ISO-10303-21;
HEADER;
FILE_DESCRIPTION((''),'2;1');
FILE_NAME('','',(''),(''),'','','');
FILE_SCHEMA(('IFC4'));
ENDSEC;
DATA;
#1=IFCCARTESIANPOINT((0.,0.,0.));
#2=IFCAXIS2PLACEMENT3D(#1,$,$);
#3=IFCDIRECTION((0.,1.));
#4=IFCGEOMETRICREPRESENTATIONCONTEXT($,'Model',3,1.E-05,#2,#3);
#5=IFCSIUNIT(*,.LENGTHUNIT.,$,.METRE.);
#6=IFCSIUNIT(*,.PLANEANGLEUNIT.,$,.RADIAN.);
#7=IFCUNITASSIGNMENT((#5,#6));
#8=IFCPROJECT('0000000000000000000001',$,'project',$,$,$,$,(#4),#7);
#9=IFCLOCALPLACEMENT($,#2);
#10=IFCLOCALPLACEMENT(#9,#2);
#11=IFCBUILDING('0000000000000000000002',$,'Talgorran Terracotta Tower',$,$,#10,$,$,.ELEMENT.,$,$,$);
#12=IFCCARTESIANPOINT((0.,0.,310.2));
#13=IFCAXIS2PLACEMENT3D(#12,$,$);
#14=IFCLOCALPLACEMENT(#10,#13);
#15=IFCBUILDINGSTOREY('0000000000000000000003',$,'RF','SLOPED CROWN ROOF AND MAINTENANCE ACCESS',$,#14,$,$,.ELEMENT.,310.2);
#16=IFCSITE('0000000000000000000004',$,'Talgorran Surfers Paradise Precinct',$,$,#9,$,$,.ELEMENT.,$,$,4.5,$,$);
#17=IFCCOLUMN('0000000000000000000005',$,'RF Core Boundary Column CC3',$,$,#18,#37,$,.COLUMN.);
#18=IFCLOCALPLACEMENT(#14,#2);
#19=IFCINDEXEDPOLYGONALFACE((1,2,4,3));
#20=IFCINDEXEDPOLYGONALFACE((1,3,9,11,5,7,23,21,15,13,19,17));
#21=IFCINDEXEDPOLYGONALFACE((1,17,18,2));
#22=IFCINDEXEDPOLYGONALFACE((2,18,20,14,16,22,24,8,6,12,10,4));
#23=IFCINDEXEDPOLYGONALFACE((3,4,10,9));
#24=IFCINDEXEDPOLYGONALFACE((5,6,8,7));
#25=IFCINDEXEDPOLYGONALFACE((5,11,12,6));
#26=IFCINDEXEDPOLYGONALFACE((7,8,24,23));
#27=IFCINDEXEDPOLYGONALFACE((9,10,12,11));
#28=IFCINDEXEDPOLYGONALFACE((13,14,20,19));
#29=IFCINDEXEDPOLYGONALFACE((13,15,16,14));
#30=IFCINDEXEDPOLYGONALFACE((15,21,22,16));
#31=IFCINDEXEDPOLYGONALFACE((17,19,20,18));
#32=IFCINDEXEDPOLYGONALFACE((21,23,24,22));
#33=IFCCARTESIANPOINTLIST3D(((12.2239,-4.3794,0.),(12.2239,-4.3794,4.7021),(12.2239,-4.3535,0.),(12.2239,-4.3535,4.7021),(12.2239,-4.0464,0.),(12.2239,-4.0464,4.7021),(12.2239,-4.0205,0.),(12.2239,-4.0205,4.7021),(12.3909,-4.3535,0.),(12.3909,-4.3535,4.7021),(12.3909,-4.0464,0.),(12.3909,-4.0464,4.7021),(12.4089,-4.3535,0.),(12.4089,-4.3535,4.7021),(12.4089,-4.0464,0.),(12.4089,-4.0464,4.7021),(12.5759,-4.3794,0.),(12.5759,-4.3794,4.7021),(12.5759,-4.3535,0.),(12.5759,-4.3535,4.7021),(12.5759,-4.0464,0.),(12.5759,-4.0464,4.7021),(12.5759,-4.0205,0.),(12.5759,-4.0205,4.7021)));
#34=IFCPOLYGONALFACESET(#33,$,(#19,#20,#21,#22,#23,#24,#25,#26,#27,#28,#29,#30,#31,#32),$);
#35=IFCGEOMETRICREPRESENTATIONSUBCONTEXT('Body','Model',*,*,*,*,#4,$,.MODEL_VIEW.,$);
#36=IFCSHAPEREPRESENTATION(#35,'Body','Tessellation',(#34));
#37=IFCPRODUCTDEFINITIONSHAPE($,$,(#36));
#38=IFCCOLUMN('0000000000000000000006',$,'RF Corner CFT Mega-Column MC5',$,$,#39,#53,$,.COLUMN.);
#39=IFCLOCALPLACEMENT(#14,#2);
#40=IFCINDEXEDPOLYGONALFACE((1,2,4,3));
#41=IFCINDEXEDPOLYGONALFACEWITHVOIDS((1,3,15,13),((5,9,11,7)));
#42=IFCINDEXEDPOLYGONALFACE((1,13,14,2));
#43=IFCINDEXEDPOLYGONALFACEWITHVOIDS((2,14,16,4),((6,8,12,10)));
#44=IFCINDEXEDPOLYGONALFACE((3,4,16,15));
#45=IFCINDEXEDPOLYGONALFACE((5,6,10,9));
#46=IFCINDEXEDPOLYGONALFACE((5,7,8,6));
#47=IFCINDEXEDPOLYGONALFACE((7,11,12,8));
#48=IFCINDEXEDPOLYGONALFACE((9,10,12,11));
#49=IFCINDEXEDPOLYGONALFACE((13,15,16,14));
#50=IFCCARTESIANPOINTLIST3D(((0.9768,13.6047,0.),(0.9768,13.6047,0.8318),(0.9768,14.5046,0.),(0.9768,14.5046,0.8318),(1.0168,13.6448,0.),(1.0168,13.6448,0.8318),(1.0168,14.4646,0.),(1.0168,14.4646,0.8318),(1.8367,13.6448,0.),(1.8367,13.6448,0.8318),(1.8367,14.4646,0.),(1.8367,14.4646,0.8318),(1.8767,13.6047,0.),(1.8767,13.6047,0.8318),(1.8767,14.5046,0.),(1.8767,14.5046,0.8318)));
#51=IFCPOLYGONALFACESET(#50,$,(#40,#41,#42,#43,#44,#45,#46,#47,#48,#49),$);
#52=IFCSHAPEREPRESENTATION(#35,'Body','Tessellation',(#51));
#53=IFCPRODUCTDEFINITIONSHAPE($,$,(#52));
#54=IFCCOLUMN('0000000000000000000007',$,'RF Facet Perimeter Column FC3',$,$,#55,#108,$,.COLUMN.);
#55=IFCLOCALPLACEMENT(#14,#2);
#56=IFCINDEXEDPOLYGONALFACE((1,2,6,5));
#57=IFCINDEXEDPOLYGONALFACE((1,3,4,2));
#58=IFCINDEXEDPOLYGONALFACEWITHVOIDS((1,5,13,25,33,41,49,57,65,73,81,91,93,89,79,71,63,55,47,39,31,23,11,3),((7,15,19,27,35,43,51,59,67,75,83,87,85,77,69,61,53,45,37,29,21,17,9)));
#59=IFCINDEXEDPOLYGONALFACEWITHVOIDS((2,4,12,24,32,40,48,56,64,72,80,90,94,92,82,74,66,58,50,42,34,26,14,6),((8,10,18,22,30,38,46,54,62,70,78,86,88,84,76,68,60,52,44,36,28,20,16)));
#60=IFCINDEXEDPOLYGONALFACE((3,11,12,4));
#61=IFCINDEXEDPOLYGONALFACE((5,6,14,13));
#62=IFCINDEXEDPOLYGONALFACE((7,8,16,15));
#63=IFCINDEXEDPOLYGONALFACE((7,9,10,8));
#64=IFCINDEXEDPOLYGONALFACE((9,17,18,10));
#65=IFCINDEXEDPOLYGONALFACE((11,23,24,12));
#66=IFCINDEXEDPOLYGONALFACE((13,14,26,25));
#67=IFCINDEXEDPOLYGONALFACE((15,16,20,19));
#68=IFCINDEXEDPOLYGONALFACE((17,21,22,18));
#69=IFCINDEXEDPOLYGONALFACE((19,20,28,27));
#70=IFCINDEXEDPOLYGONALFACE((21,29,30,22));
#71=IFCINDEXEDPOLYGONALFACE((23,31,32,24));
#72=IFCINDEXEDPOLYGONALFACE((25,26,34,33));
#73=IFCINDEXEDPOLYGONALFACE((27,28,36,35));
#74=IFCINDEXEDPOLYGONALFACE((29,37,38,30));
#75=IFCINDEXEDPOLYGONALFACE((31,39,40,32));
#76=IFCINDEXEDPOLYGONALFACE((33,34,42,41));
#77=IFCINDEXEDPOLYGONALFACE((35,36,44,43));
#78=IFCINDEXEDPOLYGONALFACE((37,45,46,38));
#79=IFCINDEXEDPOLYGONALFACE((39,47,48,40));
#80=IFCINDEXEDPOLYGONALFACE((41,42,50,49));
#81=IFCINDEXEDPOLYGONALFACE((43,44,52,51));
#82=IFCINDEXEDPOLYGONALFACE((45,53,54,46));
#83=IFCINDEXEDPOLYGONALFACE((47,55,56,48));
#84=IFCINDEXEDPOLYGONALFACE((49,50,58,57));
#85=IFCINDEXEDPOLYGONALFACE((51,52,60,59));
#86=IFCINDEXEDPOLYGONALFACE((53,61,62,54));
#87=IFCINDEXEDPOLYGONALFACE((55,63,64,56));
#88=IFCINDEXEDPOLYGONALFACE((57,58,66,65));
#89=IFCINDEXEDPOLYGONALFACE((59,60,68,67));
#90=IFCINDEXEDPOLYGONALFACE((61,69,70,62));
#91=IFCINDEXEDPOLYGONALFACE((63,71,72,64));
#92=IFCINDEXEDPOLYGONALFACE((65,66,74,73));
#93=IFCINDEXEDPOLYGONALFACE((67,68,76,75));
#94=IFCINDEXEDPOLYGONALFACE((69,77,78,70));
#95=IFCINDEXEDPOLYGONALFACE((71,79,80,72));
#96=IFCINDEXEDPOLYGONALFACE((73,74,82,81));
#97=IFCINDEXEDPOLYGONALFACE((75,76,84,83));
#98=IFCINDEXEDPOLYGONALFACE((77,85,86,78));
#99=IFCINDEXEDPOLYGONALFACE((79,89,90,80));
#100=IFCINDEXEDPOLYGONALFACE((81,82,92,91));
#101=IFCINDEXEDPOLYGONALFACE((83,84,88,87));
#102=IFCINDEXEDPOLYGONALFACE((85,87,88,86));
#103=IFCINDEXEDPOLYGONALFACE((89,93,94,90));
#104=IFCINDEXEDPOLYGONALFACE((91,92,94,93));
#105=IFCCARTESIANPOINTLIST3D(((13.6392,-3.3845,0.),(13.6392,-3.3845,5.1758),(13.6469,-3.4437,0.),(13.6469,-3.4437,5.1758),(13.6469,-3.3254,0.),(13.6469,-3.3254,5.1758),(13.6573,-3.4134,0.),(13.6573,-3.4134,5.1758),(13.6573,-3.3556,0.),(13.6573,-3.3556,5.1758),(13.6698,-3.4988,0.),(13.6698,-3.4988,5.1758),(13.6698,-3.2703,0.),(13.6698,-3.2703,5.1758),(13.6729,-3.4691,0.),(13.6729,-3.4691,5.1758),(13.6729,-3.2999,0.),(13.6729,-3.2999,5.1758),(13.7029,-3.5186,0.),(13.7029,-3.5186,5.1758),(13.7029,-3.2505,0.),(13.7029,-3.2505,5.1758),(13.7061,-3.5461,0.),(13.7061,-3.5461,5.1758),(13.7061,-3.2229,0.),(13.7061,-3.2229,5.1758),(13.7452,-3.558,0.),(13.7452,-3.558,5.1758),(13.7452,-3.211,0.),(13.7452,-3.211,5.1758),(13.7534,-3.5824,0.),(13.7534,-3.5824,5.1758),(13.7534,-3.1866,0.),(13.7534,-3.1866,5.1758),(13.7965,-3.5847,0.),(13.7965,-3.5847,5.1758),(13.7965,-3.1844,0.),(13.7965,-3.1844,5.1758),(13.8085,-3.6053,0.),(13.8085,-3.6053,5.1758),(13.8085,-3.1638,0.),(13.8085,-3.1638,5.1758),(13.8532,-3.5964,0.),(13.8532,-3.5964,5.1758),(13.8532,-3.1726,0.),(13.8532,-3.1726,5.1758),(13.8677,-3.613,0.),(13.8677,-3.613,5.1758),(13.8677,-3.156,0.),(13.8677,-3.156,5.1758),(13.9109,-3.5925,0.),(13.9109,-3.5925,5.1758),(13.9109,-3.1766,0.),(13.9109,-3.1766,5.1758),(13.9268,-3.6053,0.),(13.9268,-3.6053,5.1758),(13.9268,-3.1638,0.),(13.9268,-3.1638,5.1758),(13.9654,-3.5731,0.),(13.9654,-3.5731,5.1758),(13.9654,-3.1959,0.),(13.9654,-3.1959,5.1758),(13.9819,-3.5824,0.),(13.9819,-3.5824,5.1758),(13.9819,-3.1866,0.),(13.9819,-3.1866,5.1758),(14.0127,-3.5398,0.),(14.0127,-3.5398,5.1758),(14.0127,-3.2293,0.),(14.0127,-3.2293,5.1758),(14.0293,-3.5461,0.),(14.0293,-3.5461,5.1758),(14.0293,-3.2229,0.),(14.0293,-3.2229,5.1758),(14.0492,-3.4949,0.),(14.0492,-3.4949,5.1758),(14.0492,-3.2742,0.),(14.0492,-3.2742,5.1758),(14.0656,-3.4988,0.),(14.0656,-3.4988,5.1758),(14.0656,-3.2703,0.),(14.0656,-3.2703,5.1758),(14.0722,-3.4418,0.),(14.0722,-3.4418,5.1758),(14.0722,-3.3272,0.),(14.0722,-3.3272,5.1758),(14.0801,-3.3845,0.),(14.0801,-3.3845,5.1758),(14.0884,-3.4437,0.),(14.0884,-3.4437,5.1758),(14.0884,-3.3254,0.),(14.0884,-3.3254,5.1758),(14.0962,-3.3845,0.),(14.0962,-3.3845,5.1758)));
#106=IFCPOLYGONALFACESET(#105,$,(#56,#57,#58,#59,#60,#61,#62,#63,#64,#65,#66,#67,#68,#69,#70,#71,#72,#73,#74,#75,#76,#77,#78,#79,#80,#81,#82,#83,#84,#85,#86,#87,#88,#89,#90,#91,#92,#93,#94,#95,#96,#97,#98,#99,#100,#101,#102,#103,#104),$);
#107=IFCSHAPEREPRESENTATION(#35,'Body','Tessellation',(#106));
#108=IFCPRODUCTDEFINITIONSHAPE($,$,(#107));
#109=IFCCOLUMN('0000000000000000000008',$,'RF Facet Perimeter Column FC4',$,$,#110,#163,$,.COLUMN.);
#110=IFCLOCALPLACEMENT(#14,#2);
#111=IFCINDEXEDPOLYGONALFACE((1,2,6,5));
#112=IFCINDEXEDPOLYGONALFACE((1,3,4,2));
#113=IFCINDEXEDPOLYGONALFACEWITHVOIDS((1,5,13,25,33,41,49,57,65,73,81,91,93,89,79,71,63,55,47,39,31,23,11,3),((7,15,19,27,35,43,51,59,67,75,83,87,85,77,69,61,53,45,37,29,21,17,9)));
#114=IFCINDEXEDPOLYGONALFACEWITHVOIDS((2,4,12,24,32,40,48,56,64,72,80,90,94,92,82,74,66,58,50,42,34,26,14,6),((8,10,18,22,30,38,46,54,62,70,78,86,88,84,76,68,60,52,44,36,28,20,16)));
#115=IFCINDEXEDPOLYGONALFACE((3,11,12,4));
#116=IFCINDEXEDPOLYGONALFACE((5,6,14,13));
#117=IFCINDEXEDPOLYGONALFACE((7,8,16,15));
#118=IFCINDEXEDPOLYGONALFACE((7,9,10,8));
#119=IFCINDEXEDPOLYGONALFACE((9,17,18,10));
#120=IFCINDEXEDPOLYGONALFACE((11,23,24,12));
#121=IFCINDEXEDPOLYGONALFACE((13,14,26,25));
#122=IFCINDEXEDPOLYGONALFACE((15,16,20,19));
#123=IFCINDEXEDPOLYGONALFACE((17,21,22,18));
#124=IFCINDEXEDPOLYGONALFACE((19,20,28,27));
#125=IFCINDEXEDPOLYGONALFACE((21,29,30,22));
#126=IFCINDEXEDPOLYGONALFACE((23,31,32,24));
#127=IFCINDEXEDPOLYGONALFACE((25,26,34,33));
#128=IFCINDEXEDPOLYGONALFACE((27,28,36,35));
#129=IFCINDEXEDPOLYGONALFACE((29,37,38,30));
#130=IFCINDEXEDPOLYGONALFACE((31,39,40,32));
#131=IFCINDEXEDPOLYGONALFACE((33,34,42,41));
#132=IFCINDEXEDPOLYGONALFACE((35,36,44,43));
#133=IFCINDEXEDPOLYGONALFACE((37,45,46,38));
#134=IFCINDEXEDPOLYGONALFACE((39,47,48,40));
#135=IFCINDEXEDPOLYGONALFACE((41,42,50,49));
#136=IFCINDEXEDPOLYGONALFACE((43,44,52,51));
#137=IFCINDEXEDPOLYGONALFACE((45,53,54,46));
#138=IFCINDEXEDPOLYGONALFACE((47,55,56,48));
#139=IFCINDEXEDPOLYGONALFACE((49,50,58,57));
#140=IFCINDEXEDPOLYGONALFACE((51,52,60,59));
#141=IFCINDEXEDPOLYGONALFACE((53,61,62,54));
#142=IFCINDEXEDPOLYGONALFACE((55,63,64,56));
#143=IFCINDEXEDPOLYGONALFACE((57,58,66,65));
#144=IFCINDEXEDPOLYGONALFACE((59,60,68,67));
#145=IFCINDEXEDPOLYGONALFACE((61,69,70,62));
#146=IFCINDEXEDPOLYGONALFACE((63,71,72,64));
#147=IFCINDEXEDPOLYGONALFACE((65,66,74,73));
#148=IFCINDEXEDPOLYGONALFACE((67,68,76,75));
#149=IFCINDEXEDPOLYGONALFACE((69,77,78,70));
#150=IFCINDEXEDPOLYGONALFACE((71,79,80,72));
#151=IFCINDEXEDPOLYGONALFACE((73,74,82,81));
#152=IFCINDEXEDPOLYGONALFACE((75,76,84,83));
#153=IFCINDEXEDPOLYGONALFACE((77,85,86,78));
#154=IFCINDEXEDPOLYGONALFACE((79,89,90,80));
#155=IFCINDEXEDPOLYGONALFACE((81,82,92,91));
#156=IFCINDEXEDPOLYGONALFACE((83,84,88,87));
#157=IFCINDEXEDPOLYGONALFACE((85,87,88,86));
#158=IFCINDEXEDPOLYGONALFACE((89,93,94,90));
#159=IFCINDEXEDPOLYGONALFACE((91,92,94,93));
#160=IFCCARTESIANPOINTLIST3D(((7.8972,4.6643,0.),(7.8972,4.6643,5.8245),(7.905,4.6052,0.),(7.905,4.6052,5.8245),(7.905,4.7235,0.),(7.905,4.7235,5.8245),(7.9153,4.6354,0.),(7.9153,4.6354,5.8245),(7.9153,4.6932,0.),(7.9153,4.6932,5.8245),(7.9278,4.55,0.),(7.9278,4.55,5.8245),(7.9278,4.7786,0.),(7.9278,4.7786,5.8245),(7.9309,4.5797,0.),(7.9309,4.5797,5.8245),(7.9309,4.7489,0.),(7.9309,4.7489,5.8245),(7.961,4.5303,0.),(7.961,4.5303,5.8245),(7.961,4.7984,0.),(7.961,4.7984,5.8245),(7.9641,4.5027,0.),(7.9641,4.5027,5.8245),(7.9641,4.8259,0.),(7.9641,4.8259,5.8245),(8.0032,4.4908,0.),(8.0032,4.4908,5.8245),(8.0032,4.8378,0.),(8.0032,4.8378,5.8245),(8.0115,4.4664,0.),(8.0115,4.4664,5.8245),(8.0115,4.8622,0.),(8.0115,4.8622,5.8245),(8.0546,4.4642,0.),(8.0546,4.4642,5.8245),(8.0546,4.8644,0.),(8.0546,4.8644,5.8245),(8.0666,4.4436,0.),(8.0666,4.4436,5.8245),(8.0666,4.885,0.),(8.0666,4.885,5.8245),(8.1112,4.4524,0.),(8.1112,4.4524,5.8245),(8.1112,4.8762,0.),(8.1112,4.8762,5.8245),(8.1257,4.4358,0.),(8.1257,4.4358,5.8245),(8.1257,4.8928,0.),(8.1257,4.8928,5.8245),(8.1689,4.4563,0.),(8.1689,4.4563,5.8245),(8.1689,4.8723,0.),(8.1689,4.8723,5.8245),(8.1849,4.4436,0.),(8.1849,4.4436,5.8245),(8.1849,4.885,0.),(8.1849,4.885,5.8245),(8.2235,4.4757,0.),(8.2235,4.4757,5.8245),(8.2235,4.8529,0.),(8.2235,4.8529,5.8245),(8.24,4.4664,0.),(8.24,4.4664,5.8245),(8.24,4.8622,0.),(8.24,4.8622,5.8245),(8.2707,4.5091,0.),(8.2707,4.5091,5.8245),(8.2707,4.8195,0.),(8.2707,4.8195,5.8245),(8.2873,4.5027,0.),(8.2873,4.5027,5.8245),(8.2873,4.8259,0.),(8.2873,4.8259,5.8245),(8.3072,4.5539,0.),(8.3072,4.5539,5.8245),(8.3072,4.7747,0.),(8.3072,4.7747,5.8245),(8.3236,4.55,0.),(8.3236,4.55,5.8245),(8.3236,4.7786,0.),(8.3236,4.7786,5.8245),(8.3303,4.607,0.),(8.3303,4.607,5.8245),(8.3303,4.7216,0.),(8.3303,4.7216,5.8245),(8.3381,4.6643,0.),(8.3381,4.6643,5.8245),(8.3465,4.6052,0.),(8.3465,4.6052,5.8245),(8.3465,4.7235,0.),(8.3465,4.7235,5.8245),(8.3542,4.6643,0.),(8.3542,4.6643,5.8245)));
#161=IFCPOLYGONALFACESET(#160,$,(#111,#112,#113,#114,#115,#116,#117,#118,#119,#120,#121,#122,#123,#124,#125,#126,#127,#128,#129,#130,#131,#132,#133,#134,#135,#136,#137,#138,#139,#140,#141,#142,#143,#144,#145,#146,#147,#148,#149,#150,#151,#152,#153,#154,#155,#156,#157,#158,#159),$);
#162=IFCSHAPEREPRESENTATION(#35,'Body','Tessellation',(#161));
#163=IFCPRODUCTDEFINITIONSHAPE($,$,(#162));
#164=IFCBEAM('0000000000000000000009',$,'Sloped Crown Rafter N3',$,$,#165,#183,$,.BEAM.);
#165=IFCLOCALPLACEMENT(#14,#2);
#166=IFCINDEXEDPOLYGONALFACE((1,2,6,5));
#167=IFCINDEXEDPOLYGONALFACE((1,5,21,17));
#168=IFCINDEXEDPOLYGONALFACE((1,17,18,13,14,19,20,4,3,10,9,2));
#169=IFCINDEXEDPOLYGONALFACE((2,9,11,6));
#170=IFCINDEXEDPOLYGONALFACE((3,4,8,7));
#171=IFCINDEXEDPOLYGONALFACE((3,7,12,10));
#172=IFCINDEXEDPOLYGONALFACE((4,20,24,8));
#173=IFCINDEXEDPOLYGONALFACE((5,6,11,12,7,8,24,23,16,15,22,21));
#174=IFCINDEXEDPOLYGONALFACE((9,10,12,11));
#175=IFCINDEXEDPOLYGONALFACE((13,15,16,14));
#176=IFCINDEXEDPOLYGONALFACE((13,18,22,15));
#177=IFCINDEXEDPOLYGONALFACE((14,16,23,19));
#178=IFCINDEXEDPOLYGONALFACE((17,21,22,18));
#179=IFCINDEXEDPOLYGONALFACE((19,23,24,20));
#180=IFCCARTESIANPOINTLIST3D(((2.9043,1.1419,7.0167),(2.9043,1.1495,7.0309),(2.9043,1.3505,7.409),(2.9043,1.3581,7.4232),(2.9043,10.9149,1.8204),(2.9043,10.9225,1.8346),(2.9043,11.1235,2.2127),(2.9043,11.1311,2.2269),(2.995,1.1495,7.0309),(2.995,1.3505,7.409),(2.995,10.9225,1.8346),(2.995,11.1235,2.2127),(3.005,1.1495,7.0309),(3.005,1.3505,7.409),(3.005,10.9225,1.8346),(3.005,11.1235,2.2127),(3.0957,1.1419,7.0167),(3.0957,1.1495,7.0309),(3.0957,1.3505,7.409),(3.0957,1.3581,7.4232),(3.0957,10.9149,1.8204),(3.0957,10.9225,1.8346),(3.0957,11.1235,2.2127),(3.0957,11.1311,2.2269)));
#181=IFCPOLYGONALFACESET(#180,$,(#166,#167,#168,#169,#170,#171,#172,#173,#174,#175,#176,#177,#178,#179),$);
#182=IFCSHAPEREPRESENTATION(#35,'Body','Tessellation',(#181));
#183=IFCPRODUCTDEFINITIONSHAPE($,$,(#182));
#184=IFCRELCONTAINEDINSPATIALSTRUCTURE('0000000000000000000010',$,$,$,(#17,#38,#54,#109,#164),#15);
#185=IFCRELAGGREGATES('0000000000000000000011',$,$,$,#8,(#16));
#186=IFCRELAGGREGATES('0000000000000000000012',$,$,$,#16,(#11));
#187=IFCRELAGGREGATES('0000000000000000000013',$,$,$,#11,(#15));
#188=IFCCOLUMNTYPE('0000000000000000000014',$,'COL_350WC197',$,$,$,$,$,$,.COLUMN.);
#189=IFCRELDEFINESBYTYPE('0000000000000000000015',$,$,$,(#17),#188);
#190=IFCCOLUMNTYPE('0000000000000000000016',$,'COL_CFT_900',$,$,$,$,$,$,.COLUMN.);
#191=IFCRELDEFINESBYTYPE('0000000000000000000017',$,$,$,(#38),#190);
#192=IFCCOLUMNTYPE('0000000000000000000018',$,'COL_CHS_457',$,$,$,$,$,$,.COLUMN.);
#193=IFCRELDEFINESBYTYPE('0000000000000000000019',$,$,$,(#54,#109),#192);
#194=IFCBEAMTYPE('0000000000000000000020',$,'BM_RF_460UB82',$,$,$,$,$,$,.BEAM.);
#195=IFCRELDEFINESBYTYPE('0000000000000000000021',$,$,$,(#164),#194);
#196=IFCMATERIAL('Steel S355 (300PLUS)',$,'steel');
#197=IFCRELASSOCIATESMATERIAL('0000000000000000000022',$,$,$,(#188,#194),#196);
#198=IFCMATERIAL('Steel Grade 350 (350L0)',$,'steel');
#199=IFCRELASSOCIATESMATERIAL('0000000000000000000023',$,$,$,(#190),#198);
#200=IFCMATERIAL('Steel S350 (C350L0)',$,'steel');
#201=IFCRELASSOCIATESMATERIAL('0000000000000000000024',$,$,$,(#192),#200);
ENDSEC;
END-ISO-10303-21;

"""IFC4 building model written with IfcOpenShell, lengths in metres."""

from ifc_helpers import new_model, si_unit, direction, frame, origin, origin_2d, place, context, subcontext, project, spatial, hollow_rectangle, hollow_circle, i_section, extrude, material, material_profile, profile_set, type_object, element, save


model = new_model("IFC4")

# Units and contexts
model_context = context("Model", 3, precision=1e-05, world=origin(), true_north=direction((0.0, 1.0)))
body_context = subcontext(model_context, "Body", "Model", "MODEL_VIEW")
ifc_project = project(units=[si_unit("LENGTHUNIT", "METRE"), si_unit("PLANEANGLEUNIT", "RADIAN")], contexts=[model_context])

# Site, building, storey
site_placement = place(None, origin())
site = spatial("IfcSite", under=ifc_project, at=site_placement, Name="Talgorran Surfers Paradise Precinct", CompositionType="ELEMENT", RefElevation=4.5)
building_placement = place(site_placement, origin())
building = spatial("IfcBuilding", under=site, at=building_placement, Name="Talgorran Terracotta Tower", CompositionType="ELEMENT")
storey_placement = place(building_placement, frame((0.0, 0.0, 310.2)))
storey = spatial("IfcBuildingStorey", under=building, at=storey_placement, Name="RF", Description="SLOPED CROWN ROOF AND MAINTENANCE ACCESS", CompositionType="ELEMENT", Elevation=310.2)

# Columns
ifc_material_1 = material(Name="Steel S355 (300PLUS)", Category="steel")
ifc_material_profile_1 = material_profile(ifc_material_1, i_section(OverallWidth=0.3521, OverallDepth=0.3589, WebThickness=0.0181, FlangeThickness=0.0259, at=origin_2d()), Name="350WC197")
ifc_profile_set_1 = profile_set([ifc_material_profile_1], Name="Steel S355 (300PLUS)")
column_type_1 = type_object("IfcColumnType", Name="COL_350WC197", PredefinedType="COLUMN", material=ifc_profile_set_1)
column_1_placement = place(storey_placement, frame((12.3999, -4.2, 0.0), z_axis=(0.0, 0.0, 1.0), x_axis=(1.0, 0.0, 0.0)))
element("IfcColumn", 1, at=column_1_placement, inside=storey, type_object=column_type_1, Name="RF Core Boundary Column CC3", PredefinedType="COLUMN", context=body_context, shape_type="SweptSolid", body=[
    extrude(i_section(OverallWidth=0.3521, OverallDepth=0.3589, WebThickness=0.0181, FlangeThickness=0.0259, at=origin_2d()), origin(), (0.0, 0.0, 1.0), 4.7021),
])
ifc_material_2 = material(Name="Steel Grade 350 (350L0)", Category="steel")
ifc_material_profile_2 = material_profile(ifc_material_2, hollow_rectangle(XDim=0.8999, YDim=0.8999, WallThickness=0.04, at=origin_2d()), Name="CFT900X900X40")
ifc_profile_set_2 = profile_set([ifc_material_profile_2], Name="Steel Grade 350 (350L0)")
column_type_2 = type_object("IfcColumnType", Name="COL_CFT_900", PredefinedType="COLUMN", material=ifc_profile_set_2)
column_2_placement = place(storey_placement, frame((1.4268, 14.0547, 0.0), z_axis=(0.0, 0.0, 1.0), x_axis=(1.0, 0.0, 0.0)))
element("IfcColumn", 2, at=column_2_placement, inside=storey, type_object=column_type_2, Name="RF Corner CFT Mega-Column MC5", PredefinedType="COLUMN", context=body_context, shape_type="SweptSolid", body=[
    extrude(hollow_rectangle(XDim=0.8999, YDim=0.8999, WallThickness=0.04, at=origin_2d()), origin(), (0.0, 0.0, 1.0), 0.8318),
])
ifc_material_3 = material(Name="Steel S350 (C350L0)", Category="steel")
ifc_material_profile_3 = material_profile(ifc_material_3, hollow_circle(Radius=0.2285, WallThickness=0.0161, at=origin_2d()), Name="CHS457X16")
ifc_profile_set_3 = profile_set([ifc_material_profile_3], Name="Steel S350 (C350L0)")
column_type_3 = type_object("IfcColumnType", Name="COL_CHS_457", PredefinedType="COLUMN", material=ifc_profile_set_3)
column_3_placement = place(storey_placement, frame((13.8677, -3.3845, 0.0), z_axis=(0.0, 0.0, 1.0), x_axis=(1.0, 0.0, 0.0)))
element("IfcColumn", 3, at=column_3_placement, inside=storey, type_object=column_type_3, Name="RF Facet Perimeter Column FC3", PredefinedType="COLUMN", context=body_context, shape_type="SweptSolid", body=[
    extrude(hollow_circle(Radius=0.2285, WallThickness=0.0161, at=origin_2d()), origin(), (0.0, 0.0, 1.0), 5.1758),
])
column_4_placement = place(storey_placement, frame((8.1257, 4.6643, 0.0), z_axis=(0.0, 0.0, 1.0), x_axis=(1.0, 0.0, 0.0)))
element("IfcColumn", 4, at=column_4_placement, inside=storey, type_object=column_type_3, Name="RF Facet Perimeter Column FC4", PredefinedType="COLUMN", context=body_context, shape_type="SweptSolid", body=[
    extrude(hollow_circle(Radius=0.2285, WallThickness=0.0161, at=origin_2d()), origin(), (0.0, 0.0, 1.0), 5.8245),
])

# Beam
ifc_material_profile_4 = material_profile(ifc_material_1, i_section(OverallWidth=0.1914, OverallDepth=0.4604, WebThickness=0.01, FlangeThickness=0.0161, at=origin_2d()), Name="460UB82.1")
ifc_profile_set_4 = profile_set([ifc_material_profile_4], Name="Steel S355 (300PLUS)")
beam_type = type_object("IfcBeamType", Name="BM_RF_460UB82", PredefinedType="BEAM", material=ifc_profile_set_4)
beam_placement = place(storey_placement, frame((3.0, 1.25, 7.22), z_axis=(0.0, 0.882951, -0.469466), x_axis=(-1.0, 0.0, 0.0)))
element("IfcBeam", 5, at=beam_placement, inside=storey, type_object=beam_type, Name="Sloped Crown Rafter N3", PredefinedType="BEAM", context=body_context, shape_type="SweptSolid", body=[
    extrude(i_section(OverallWidth=0.1914, OverallDepth=0.4604, WebThickness=0.01, FlangeThickness=0.0161, at=origin_2d()), origin(), (0.0, 0.0, 1.0), 11.0686),
])

save(model, "model.ifc")
